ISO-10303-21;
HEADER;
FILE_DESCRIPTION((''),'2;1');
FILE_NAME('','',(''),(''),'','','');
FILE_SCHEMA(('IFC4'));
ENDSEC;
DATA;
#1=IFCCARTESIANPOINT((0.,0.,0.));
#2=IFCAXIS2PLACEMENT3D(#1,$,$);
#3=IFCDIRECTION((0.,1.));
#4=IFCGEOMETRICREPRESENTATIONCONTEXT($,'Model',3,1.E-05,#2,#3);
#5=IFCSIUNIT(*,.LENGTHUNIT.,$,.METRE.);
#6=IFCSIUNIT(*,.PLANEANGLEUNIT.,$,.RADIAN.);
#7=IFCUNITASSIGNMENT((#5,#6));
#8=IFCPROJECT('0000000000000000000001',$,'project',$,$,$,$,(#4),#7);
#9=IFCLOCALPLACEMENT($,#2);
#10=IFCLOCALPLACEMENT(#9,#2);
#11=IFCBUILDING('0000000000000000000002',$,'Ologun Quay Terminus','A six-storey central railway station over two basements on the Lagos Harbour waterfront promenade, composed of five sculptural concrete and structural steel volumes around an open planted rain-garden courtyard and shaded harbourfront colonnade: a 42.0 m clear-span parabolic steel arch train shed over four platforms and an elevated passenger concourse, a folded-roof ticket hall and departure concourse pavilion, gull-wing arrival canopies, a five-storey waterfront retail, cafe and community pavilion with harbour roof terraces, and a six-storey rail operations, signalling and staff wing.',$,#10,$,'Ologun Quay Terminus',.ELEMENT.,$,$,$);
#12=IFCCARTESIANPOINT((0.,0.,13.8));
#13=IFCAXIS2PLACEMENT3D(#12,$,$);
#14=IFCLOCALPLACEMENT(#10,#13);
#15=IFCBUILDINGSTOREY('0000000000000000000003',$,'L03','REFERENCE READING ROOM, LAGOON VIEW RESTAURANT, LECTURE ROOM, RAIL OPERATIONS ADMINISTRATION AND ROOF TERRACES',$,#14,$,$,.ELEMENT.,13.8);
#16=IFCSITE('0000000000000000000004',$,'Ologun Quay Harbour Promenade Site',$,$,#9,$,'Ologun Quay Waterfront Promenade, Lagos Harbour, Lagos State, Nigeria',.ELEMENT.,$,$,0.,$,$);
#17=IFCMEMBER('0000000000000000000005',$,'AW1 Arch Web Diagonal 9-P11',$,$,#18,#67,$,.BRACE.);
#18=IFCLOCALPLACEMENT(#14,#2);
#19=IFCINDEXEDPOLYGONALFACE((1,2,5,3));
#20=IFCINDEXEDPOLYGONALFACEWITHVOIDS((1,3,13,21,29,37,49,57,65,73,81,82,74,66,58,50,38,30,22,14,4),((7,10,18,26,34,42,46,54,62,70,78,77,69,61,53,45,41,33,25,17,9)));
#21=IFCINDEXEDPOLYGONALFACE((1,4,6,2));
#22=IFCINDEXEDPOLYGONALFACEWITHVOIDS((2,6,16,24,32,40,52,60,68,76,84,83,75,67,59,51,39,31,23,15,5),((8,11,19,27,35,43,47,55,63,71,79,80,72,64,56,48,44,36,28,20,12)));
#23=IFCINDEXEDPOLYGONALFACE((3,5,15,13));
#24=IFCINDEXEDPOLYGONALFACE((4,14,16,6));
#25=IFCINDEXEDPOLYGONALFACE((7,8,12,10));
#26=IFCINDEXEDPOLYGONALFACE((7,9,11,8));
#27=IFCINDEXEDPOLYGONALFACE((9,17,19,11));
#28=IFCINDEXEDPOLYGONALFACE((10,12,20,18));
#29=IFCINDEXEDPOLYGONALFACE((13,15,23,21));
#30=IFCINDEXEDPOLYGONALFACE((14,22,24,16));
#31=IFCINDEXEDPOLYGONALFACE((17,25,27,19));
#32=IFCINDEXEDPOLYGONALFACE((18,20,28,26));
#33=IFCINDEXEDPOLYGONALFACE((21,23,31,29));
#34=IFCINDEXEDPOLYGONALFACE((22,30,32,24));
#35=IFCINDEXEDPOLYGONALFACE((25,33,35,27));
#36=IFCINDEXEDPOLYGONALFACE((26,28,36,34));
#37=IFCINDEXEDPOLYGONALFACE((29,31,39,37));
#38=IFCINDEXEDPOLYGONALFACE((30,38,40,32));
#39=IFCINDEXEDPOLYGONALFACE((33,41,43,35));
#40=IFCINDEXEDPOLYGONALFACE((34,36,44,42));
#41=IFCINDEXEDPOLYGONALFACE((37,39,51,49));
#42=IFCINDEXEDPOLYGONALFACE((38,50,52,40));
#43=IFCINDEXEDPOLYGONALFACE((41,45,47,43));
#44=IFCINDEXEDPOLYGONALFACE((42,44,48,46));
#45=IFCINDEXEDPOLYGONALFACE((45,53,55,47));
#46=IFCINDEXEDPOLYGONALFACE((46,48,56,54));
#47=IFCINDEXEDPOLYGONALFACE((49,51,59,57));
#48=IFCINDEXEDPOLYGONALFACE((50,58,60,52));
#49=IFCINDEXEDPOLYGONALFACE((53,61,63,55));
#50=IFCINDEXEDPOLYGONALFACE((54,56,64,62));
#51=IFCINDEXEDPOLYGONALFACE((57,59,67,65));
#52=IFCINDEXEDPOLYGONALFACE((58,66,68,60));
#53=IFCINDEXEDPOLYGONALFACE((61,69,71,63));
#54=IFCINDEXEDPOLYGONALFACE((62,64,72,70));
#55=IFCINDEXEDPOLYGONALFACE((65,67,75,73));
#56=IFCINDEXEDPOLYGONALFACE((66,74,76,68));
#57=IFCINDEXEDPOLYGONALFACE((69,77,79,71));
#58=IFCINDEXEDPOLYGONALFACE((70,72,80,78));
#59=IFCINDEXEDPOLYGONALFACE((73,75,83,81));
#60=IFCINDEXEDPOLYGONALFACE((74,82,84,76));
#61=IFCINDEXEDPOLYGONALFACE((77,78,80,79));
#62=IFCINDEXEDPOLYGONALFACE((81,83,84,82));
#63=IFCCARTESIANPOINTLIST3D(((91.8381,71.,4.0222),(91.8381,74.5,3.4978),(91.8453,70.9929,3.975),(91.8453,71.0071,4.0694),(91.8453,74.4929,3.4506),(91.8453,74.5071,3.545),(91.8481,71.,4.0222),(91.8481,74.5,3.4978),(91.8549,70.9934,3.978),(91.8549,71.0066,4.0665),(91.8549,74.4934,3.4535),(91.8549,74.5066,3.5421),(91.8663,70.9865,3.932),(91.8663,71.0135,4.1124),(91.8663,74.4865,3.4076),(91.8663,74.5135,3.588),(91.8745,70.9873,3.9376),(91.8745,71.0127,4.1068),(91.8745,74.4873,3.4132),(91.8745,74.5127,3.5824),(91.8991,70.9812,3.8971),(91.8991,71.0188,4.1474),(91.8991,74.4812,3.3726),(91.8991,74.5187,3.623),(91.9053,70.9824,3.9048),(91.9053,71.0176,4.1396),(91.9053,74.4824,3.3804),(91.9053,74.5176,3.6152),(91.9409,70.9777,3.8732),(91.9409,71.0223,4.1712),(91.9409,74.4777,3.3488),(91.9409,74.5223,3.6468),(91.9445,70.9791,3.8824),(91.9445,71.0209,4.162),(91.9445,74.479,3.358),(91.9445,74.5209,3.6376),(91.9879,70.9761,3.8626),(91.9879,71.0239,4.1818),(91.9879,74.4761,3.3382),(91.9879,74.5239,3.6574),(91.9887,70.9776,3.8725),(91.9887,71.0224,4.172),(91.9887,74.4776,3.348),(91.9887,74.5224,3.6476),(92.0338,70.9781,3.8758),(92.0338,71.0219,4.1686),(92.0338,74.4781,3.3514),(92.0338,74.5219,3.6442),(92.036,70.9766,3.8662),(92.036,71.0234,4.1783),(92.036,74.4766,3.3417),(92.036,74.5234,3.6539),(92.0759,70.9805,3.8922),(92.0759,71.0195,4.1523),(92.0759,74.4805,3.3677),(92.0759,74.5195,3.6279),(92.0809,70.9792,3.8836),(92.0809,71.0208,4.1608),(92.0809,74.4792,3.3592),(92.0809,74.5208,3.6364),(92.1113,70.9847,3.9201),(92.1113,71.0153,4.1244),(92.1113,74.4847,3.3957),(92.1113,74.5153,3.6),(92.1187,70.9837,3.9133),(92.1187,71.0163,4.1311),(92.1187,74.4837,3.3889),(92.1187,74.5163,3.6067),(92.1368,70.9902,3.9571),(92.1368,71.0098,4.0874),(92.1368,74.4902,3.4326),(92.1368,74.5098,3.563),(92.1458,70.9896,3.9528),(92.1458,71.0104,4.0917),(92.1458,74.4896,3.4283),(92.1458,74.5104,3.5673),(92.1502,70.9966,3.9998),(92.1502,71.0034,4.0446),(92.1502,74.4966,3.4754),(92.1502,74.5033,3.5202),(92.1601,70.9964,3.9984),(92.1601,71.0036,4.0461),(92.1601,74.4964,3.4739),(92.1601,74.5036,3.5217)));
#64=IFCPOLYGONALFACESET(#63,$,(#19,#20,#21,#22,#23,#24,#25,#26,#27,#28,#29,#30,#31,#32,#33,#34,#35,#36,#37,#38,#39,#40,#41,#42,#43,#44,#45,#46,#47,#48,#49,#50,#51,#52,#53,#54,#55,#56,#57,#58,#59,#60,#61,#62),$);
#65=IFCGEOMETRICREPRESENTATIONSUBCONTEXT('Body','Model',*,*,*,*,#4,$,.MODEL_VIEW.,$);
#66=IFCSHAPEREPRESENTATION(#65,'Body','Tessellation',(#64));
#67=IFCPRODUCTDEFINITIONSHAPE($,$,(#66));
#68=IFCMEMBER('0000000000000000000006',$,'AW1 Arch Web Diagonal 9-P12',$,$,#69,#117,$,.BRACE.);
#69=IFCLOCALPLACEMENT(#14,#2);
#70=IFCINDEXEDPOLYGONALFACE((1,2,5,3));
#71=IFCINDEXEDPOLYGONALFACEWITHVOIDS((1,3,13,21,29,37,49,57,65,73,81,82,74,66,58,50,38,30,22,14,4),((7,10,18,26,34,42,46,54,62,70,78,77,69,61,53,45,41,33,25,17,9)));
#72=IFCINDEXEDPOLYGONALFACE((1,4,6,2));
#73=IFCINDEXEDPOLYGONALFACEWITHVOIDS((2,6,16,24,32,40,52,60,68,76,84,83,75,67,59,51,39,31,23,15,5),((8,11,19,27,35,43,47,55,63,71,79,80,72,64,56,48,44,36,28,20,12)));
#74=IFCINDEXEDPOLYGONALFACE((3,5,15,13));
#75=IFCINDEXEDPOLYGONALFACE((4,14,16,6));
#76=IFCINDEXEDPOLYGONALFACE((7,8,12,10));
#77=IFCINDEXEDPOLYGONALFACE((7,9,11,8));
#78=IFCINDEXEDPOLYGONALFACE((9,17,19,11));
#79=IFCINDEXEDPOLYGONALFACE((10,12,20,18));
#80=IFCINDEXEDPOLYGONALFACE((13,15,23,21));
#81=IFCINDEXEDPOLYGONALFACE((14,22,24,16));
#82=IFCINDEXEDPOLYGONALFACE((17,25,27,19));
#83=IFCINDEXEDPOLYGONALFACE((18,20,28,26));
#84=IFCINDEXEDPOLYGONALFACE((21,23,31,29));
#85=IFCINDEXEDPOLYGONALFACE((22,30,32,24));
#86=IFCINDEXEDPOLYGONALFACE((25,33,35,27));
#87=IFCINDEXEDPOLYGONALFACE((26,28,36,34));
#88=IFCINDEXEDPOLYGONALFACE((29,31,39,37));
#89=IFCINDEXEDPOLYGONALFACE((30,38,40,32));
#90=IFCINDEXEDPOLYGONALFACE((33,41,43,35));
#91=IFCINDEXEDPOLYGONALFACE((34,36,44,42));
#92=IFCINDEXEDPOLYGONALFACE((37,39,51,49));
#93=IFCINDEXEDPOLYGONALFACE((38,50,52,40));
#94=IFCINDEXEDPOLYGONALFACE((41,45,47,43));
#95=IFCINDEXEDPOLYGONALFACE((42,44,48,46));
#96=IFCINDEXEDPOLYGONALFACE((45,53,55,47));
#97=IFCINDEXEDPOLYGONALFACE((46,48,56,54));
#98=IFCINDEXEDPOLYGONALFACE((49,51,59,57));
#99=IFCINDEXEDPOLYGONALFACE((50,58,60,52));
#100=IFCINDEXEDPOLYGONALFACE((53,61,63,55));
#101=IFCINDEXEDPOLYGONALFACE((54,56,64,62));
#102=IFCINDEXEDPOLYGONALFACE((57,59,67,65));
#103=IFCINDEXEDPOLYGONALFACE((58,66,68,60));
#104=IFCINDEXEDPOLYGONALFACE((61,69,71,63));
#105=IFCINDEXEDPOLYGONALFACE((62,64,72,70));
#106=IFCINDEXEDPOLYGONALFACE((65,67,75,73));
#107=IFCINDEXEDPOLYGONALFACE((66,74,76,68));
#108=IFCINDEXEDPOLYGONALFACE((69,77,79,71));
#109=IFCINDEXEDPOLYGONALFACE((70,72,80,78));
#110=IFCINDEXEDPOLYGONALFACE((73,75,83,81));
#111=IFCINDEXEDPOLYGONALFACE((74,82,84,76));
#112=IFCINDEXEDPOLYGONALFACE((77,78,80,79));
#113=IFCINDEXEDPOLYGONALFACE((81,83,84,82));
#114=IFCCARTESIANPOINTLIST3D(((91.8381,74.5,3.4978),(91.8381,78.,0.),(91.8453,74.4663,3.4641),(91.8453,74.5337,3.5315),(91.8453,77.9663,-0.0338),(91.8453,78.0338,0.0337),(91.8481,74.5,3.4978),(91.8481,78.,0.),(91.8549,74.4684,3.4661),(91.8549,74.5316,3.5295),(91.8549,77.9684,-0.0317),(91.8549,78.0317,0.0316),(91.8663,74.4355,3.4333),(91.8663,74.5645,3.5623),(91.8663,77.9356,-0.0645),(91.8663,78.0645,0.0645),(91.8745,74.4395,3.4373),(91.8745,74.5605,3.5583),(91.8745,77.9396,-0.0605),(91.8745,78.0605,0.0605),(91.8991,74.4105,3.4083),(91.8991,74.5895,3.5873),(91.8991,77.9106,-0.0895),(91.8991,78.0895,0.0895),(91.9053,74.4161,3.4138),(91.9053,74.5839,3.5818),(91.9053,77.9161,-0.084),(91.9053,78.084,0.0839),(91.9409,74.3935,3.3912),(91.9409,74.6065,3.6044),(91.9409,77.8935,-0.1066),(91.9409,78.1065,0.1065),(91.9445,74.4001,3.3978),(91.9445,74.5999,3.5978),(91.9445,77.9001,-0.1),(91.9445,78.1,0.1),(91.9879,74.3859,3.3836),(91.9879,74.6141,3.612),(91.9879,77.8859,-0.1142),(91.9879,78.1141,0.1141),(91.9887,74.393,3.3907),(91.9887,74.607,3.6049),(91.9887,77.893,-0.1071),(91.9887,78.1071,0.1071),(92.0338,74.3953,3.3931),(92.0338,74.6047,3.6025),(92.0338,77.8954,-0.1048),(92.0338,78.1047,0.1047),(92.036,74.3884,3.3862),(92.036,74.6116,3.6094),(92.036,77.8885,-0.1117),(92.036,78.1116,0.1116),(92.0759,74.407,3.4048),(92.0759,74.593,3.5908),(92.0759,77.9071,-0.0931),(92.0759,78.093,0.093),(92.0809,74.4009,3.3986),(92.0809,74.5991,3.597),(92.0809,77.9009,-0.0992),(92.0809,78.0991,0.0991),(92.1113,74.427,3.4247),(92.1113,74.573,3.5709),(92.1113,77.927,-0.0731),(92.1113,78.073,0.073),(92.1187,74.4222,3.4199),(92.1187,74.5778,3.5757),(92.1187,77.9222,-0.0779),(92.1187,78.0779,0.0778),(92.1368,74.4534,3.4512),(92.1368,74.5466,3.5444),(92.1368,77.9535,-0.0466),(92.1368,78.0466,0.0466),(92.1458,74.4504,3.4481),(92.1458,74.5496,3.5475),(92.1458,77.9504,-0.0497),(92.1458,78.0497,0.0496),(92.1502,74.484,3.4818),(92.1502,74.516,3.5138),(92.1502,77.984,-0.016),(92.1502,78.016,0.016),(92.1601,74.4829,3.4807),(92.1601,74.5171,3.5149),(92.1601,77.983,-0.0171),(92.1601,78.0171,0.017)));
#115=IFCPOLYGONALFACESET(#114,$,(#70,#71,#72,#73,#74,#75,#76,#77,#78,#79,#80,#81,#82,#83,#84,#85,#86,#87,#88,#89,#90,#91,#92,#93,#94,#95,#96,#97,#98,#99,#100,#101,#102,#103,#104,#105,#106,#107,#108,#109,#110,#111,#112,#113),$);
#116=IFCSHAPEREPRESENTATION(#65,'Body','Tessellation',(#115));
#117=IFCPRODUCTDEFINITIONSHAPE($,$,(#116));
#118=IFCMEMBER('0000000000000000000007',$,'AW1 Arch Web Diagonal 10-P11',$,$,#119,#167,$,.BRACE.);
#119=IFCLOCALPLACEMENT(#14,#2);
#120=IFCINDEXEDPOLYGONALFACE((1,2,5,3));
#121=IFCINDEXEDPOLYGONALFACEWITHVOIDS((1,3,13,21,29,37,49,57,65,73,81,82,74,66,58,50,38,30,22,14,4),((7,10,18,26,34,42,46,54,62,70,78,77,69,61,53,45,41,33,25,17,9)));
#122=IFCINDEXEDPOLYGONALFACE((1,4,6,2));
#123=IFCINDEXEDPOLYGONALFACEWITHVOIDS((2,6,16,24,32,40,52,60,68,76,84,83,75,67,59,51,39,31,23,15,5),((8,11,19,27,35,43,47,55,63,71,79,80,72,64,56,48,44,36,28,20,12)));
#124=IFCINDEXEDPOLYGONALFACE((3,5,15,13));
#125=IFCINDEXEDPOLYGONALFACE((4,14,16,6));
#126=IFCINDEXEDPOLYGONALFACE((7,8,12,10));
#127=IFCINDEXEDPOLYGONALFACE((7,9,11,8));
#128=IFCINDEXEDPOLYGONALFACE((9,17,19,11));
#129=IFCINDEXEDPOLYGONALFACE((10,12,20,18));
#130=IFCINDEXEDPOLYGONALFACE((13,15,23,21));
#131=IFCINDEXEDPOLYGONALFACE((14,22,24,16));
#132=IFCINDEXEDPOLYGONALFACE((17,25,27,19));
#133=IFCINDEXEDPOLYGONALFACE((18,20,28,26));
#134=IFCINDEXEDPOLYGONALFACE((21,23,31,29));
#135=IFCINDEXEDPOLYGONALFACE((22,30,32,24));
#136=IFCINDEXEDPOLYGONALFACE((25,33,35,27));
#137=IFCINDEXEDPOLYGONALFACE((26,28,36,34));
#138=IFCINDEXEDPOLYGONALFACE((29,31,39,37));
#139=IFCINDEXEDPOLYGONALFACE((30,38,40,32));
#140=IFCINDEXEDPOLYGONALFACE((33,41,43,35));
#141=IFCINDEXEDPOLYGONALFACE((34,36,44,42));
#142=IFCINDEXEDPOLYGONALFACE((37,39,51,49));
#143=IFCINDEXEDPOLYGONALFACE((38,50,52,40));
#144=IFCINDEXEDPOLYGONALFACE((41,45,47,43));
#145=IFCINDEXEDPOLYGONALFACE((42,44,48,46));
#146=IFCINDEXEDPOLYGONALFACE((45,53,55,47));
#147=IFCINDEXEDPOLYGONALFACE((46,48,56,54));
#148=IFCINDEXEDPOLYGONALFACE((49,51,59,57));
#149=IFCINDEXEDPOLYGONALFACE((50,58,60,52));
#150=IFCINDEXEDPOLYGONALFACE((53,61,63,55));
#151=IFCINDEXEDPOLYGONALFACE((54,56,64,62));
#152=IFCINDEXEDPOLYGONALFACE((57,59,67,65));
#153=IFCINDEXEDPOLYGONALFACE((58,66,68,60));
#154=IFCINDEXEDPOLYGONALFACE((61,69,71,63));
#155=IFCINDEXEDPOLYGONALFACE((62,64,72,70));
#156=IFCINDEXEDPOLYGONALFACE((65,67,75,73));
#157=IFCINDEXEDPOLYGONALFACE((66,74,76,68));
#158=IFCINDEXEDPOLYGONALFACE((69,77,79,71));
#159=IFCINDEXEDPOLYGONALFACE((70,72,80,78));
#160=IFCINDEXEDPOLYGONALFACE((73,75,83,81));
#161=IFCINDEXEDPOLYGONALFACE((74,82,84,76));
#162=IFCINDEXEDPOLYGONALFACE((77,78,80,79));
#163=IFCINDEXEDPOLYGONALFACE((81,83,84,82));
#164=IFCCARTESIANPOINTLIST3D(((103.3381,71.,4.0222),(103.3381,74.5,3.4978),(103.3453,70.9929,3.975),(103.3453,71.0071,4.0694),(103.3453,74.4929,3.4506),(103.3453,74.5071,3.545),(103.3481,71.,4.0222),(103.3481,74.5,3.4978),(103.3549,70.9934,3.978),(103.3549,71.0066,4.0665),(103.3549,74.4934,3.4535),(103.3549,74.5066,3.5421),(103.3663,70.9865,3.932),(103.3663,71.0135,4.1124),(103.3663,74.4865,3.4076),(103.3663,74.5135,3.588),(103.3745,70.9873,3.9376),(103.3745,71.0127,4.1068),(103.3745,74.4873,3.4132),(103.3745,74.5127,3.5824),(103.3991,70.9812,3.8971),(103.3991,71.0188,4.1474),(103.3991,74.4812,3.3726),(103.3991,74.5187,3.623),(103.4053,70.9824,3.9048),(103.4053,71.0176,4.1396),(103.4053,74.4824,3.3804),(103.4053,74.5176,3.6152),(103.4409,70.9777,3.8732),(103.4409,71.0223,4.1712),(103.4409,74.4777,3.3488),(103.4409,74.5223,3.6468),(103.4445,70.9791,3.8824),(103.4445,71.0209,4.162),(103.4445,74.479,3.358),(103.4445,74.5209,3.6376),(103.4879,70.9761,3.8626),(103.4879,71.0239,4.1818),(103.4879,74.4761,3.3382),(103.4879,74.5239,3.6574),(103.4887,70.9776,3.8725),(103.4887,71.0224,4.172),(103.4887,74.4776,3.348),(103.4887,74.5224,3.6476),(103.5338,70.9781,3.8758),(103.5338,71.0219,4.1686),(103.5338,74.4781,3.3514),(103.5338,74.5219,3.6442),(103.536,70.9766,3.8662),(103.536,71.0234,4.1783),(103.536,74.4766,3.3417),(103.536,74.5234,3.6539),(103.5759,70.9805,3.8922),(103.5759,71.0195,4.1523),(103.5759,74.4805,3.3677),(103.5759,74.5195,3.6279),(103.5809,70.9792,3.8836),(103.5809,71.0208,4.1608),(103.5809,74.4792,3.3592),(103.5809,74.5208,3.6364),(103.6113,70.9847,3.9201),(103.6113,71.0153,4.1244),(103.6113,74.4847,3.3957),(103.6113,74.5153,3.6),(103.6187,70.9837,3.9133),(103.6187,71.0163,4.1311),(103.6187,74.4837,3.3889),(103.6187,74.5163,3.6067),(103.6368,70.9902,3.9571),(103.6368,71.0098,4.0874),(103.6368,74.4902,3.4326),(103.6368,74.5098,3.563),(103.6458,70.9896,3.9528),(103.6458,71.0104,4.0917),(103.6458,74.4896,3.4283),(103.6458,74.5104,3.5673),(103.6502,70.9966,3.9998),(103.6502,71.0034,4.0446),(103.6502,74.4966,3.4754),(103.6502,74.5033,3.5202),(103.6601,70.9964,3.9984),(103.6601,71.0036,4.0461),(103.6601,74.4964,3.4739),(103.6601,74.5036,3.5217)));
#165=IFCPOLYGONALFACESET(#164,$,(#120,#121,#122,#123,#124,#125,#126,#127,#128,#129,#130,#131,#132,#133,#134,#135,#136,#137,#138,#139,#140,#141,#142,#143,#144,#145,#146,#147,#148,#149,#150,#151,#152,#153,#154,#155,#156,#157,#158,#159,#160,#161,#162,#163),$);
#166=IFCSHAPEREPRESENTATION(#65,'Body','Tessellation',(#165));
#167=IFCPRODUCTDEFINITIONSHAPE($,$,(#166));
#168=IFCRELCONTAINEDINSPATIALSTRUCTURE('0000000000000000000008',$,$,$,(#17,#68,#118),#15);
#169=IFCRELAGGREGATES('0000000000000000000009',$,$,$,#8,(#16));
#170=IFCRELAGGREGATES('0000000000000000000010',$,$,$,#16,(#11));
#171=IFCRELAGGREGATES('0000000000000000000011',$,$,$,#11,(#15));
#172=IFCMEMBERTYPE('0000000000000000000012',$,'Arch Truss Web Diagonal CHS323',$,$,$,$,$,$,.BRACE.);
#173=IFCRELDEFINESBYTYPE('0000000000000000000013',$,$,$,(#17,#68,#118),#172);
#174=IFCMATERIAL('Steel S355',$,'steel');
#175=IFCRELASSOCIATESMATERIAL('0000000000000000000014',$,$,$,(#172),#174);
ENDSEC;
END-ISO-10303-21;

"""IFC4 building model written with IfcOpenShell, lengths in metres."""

from ifc_helpers import new_model, si_unit, direction, frame, origin, origin_2d, place, context, subcontext, project, spatial, hollow_circle, extrude, material, material_profile, profile_set, type_object, element, save


model = new_model("IFC4")

# Units and contexts
model_context = context("Model", 3, precision=1e-05, world=origin(), true_north=direction((0.0, 1.0)))
body_context = subcontext(model_context, "Body", "Model", "MODEL_VIEW")
ifc_project = project(units=[si_unit("LENGTHUNIT", "METRE"), si_unit("PLANEANGLEUNIT", "RADIAN")], contexts=[model_context])

# Site, building, storey
site_placement = place(None, origin())
site = spatial("IfcSite", under=ifc_project, at=site_placement, Name="Ologun Quay Harbour Promenade Site", LongName="Ologun Quay Waterfront Promenade, Lagos Harbour, Lagos State, Nigeria", CompositionType="ELEMENT", RefElevation=0.0)
building_placement = place(site_placement, origin())
building = spatial("IfcBuilding", under=site, at=building_placement, Name="Ologun Quay Terminus", Description="A six-storey central railway station over two basements on the Lagos Harbour waterfront promenade, composed of five sculptural concrete and structural steel volumes around an open planted rain-garden courtyard and shaded harbourfront colonnade: a 42.0 m clear-span parabolic steel arch train shed over four platforms and an elevated passenger concourse, a folded-roof ticket hall and departure concourse pavilion, gull-wing arrival canopies, a five-storey waterfront retail, cafe and community pavilion with harbour roof terraces, and a six-storey rail operations, signalling and staff wing.", LongName="Ologun Quay Terminus", CompositionType="ELEMENT")
storey_placement = place(building_placement, frame((0.0, 0.0, 13.8)))
storey = spatial("IfcBuildingStorey", under=building, at=storey_placement, Name="L03", Description="REFERENCE READING ROOM, LAGOON VIEW RESTAURANT, LECTURE ROOM, RAIL OPERATIONS ADMINISTRATION AND ROOF TERRACES", CompositionType="ELEMENT", Elevation=13.8)

# Members
ifc_material_1 = material(Name="Steel S355", Category="steel")
ifc_material_profile_1 = material_profile(ifc_material_1, hollow_circle(Radius=0.1619, WallThickness=0.01, at=origin_2d()), Name="CHS 323.9x10")
ifc_profile_set_1 = profile_set([ifc_material_profile_1], Name="Steel S355")
member_type_1 = type_object("IfcMemberType", Name="Arch Truss Web Diagonal CHS323", PredefinedType="BRACE", material=ifc_profile_set_1)
member_1_placement = place(storey_placement, frame((92.0, 71.0, 4.0222), z_axis=(0.0, 0.988961, -0.148179), x_axis=(-1.0, 0.0, 0.0)))
element("IfcMember", 1, at=member_1_placement, inside=storey, type_object=member_type_1, Name="AW1 Arch Web Diagonal 9-P11", PredefinedType="BRACE", context=body_context, shape_type="SweptSolid", body=[
    extrude(hollow_circle(Radius=0.1619, WallThickness=0.01, at=origin_2d()), origin(), (0.0, 0.0, 1.0), 3.5391),
])
member_2_placement = place(storey_placement, frame((92.0, 74.5, 3.4978), z_axis=(0.0, 0.707329, -0.706885), x_axis=(-1.0, 0.0, 0.0)))
element("IfcMember", 2, at=member_2_placement, inside=storey, type_object=member_type_1, Name="AW1 Arch Web Diagonal 9-P12", PredefinedType="BRACE", context=body_context, shape_type="SweptSolid", body=[
    extrude(hollow_circle(Radius=0.1619, WallThickness=0.01, at=origin_2d()), origin(), (0.0, 0.0, 1.0), 4.9482),
])
member_3_placement = place(storey_placement, frame((103.5, 71.0, 4.0222), z_axis=(0.0, 0.988961, -0.148179), x_axis=(-1.0, 0.0, 0.0)))
element("IfcMember", 3, at=member_3_placement, inside=storey, type_object=member_type_1, Name="AW1 Arch Web Diagonal 10-P11", PredefinedType="BRACE", context=body_context, shape_type="SweptSolid", body=[
    extrude(hollow_circle(Radius=0.1619, WallThickness=0.01, at=origin_2d()), origin(), (0.0, 0.0, 1.0), 3.5391),
])

save(model, "model.ifc")
